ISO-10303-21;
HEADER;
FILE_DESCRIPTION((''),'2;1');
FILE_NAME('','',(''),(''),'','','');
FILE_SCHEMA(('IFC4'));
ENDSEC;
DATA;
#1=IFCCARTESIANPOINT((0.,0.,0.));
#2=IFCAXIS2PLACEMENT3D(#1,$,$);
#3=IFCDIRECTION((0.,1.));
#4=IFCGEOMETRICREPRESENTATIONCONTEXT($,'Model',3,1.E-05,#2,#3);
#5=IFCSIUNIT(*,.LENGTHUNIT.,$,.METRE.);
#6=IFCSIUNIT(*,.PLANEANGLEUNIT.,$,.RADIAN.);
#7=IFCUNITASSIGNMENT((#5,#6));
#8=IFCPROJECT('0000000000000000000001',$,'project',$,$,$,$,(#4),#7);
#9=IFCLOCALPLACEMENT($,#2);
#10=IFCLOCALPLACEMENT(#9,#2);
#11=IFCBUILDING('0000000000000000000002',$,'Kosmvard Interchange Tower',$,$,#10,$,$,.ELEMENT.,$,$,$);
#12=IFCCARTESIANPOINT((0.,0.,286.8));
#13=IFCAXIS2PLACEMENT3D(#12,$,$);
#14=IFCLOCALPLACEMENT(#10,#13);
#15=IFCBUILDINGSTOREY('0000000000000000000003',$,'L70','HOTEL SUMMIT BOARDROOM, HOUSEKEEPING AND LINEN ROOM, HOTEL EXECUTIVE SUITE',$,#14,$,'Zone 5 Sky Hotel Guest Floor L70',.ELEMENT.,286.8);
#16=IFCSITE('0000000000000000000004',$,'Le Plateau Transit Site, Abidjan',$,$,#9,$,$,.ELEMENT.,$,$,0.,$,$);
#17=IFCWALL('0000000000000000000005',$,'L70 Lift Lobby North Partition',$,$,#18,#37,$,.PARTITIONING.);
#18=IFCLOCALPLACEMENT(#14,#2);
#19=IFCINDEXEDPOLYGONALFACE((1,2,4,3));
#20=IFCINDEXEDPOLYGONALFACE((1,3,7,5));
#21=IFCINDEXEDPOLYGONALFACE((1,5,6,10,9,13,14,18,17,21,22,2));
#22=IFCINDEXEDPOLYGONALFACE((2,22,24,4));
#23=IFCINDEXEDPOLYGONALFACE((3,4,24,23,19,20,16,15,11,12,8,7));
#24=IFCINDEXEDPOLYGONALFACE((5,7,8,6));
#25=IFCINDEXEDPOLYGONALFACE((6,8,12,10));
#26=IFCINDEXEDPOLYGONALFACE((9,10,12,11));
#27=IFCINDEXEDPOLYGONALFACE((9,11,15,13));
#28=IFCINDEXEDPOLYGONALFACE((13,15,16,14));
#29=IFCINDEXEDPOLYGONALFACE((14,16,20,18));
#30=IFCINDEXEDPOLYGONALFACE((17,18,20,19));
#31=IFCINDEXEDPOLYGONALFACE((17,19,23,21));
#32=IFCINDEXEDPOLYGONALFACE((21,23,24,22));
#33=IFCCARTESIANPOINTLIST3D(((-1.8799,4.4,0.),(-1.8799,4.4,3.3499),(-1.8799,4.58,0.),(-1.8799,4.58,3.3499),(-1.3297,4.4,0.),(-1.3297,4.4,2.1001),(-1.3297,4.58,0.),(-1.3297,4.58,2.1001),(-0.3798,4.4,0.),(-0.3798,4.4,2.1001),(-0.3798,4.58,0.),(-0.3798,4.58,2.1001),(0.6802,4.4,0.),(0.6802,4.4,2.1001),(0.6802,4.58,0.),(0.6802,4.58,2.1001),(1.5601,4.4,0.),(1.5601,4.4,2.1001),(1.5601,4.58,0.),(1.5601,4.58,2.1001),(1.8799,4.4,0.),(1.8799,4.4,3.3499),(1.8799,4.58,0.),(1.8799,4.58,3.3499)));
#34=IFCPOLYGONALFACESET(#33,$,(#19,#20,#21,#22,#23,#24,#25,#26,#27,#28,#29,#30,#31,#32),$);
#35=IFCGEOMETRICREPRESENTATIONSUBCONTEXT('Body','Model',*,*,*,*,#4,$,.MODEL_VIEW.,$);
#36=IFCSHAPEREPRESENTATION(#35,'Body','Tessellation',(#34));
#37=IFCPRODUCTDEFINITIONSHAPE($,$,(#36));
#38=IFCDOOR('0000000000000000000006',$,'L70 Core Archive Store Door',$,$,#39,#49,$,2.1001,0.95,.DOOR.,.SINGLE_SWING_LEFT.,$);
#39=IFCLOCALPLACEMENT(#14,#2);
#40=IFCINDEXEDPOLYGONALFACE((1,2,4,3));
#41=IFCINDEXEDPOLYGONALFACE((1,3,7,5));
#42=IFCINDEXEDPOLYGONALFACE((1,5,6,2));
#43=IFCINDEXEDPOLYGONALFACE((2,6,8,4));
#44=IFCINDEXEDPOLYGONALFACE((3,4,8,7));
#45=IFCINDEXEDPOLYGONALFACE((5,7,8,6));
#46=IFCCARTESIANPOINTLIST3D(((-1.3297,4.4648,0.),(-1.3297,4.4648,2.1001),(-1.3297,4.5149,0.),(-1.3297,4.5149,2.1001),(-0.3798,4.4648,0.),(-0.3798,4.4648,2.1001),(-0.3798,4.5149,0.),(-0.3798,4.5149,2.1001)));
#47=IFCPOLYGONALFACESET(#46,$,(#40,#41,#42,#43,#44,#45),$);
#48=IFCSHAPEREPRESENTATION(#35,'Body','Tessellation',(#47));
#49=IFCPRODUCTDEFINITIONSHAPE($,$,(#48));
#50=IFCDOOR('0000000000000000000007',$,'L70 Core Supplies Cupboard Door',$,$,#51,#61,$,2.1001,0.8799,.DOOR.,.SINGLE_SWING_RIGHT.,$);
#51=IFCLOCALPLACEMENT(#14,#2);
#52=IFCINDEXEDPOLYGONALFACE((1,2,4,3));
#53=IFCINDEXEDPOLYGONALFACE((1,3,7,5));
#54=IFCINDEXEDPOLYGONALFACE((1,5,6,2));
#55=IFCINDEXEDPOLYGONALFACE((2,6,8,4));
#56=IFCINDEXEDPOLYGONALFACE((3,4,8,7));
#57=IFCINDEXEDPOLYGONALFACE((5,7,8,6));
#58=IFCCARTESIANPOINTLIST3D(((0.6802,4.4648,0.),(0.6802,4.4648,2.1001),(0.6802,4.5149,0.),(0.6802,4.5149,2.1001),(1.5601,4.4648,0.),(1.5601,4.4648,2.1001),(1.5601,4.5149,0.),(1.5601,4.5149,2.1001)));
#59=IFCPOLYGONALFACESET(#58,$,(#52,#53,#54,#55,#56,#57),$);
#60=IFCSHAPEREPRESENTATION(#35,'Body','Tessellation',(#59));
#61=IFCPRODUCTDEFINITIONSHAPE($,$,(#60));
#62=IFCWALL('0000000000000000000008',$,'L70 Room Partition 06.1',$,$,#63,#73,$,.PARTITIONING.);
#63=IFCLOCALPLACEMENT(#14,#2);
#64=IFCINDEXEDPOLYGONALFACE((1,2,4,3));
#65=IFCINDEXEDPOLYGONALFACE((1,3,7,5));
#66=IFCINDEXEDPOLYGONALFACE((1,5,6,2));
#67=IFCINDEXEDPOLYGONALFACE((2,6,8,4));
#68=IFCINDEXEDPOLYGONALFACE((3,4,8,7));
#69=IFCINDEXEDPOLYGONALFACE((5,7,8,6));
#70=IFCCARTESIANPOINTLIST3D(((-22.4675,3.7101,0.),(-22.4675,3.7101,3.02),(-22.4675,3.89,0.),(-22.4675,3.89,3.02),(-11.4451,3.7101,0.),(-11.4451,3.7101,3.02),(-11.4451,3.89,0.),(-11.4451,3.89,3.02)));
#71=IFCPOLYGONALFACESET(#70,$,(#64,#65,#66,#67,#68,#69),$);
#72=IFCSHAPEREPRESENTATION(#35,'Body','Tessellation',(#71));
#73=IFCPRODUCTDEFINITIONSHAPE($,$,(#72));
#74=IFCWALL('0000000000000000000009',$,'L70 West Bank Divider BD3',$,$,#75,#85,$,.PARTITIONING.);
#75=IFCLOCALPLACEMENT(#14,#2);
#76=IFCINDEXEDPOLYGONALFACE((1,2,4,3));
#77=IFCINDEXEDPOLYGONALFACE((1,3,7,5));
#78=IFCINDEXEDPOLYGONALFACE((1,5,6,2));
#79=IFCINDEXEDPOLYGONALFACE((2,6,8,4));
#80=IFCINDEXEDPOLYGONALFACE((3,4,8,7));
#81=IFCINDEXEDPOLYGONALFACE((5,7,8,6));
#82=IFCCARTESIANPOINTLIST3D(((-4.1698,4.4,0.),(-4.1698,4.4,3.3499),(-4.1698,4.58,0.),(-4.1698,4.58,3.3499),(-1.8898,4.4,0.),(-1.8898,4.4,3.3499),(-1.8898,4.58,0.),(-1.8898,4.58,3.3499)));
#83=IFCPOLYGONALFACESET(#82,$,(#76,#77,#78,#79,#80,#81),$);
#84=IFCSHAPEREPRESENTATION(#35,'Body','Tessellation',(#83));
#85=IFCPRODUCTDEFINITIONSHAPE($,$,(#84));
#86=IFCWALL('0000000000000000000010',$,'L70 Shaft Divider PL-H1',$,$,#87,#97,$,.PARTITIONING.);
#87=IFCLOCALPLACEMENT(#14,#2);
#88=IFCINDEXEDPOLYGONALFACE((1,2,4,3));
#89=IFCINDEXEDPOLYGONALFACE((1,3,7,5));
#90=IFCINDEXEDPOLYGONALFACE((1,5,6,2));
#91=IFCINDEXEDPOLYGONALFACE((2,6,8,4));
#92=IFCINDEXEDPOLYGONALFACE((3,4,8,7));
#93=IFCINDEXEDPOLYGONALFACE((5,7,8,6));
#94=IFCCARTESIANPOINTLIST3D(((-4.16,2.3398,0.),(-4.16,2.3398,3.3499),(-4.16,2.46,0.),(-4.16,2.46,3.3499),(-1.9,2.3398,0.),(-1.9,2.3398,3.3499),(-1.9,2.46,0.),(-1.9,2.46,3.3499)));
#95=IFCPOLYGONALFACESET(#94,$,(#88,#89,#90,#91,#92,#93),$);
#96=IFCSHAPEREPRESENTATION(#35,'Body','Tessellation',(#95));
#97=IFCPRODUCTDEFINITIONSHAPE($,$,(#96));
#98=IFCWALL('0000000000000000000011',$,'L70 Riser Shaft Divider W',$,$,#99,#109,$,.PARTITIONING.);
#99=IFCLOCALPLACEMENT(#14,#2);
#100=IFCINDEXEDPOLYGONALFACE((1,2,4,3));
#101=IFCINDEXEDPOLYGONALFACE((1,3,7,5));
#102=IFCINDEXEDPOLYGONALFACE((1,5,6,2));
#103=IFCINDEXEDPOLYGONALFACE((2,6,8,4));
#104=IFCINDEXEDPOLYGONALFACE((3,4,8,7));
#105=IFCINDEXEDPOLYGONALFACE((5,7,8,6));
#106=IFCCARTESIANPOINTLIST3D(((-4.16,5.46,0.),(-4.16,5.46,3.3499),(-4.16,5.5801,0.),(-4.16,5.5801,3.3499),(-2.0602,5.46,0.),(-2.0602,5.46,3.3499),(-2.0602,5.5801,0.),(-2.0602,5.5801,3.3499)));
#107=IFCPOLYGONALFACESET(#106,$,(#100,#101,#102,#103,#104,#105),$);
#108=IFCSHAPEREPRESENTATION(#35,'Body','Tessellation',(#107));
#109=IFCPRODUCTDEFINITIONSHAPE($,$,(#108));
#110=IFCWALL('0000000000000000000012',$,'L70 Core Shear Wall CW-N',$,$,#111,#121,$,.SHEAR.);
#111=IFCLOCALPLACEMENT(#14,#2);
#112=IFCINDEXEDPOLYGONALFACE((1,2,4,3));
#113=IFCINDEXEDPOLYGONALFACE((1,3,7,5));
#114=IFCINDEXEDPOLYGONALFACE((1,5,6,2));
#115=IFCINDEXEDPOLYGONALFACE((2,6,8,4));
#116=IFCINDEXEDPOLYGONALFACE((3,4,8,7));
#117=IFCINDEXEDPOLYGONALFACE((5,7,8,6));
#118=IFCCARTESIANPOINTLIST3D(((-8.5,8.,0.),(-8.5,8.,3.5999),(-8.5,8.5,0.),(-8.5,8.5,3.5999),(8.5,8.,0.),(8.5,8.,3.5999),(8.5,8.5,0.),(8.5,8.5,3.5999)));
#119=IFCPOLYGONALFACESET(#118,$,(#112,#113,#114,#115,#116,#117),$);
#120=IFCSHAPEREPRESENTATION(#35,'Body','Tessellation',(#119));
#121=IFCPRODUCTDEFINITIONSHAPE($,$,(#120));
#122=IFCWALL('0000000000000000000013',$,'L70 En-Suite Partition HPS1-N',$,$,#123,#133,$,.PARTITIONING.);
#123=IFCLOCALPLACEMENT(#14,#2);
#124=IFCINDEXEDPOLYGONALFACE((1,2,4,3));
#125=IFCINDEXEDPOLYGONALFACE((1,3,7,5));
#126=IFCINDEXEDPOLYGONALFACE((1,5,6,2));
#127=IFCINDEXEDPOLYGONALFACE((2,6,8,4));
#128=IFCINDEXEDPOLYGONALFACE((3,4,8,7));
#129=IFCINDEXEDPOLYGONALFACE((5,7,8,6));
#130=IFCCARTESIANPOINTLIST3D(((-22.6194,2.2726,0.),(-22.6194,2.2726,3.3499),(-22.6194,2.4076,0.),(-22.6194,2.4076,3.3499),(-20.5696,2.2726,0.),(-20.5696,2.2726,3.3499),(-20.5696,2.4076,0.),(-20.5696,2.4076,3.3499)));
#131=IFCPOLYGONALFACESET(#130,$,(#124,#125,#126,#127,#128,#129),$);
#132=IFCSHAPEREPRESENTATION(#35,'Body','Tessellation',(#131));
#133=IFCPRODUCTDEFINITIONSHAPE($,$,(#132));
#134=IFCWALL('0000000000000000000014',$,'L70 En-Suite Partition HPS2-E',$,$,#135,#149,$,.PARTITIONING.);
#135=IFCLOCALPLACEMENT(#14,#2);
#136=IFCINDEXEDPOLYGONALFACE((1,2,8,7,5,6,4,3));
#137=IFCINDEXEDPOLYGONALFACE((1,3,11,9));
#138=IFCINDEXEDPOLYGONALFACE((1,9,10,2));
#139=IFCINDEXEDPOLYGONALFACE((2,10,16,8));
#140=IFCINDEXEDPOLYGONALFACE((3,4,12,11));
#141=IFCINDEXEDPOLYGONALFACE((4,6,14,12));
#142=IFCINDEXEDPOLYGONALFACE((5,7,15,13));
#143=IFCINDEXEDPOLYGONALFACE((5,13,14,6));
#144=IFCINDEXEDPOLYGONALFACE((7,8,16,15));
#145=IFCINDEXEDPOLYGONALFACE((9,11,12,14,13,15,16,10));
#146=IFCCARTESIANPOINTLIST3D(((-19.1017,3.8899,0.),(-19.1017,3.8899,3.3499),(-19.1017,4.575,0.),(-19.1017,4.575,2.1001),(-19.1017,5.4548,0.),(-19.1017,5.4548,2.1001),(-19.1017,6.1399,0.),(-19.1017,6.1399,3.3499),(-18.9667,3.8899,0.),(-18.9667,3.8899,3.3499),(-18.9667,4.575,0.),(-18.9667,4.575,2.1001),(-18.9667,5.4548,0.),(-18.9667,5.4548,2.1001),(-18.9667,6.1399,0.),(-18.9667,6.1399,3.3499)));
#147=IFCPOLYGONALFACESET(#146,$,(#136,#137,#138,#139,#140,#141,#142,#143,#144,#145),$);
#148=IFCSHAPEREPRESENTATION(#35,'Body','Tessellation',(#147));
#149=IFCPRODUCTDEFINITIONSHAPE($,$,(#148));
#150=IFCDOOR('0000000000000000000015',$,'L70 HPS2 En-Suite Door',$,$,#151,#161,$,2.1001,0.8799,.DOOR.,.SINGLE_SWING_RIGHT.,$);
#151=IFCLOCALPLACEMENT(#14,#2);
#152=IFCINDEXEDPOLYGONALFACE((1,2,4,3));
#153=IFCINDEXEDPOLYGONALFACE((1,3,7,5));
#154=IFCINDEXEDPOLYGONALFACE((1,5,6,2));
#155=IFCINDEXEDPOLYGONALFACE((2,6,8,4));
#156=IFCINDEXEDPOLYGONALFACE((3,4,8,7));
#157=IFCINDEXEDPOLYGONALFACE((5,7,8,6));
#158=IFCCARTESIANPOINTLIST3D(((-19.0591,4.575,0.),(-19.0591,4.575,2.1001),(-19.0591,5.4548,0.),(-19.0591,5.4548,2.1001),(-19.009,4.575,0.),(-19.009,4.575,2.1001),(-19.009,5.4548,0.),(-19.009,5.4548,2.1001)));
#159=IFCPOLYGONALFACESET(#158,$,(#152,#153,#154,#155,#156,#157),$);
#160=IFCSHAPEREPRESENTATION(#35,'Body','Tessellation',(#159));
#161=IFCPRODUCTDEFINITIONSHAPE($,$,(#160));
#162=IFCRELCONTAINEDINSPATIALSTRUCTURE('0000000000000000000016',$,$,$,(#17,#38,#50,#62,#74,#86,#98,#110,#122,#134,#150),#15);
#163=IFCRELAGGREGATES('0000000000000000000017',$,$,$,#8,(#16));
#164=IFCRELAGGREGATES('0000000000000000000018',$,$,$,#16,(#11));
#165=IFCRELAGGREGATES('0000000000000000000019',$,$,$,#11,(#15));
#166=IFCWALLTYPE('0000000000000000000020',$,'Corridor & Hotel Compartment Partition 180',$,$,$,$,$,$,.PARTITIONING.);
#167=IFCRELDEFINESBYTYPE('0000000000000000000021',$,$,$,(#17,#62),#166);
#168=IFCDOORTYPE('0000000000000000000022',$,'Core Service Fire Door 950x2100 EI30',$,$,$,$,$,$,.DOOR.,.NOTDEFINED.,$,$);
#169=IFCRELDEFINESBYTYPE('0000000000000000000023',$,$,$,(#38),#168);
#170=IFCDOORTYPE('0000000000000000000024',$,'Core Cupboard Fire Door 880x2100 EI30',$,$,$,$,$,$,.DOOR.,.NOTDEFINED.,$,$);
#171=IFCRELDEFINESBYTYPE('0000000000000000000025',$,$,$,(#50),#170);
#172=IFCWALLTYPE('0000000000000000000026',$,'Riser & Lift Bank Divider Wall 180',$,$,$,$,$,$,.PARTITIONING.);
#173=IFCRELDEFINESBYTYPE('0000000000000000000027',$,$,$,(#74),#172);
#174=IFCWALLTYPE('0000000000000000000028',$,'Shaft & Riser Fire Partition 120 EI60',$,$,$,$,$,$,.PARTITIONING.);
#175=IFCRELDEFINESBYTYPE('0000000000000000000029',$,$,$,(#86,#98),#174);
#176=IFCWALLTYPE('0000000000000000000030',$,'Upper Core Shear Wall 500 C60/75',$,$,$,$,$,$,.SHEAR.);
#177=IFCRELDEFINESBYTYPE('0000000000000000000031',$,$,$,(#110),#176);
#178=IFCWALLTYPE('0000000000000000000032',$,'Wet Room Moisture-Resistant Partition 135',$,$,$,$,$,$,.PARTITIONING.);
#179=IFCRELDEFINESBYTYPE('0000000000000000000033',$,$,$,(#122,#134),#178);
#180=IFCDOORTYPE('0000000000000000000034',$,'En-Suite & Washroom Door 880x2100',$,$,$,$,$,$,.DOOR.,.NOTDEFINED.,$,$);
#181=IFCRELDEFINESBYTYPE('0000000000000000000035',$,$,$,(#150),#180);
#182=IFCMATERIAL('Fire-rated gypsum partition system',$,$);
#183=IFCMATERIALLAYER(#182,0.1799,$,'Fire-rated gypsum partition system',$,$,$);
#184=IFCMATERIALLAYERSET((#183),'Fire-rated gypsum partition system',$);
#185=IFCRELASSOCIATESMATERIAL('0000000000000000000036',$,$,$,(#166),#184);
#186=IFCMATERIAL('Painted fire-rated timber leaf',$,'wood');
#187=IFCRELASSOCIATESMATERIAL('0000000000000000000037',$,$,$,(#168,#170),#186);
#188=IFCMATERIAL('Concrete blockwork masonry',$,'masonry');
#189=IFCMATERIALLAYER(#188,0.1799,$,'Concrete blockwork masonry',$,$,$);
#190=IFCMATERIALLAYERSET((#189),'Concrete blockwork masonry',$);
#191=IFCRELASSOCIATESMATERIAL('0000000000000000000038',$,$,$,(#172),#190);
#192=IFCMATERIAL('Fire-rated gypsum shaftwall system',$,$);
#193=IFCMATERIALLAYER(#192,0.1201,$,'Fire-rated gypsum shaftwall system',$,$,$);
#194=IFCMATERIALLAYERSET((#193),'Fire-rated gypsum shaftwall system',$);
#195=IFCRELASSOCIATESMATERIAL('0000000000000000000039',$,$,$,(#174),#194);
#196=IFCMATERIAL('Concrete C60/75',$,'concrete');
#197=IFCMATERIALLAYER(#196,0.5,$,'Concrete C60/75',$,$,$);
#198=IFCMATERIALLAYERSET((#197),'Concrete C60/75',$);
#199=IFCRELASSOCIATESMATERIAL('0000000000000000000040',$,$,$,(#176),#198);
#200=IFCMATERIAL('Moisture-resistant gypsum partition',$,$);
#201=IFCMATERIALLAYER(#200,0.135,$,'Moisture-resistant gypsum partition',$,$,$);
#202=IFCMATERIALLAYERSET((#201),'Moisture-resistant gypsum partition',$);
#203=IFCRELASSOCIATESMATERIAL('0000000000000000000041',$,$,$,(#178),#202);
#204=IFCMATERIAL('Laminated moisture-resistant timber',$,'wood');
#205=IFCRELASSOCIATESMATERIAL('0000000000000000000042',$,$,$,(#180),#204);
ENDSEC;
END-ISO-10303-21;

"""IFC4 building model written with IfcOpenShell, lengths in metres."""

from ifc_helpers import new_model, si_unit, direction, frame, frame_2d, origin, place, context, subcontext, project, spatial, rectangle, extrude, source, transform, mapped, material, layer, layer_set, type_object, element, fill, save


model = new_model("IFC4")

# Units and contexts
model_context = context("Model", 3, precision=1e-05, world=origin(), true_north=direction((0.0, 1.0)))
body_context = subcontext(model_context, "Body", "Model", "MODEL_VIEW")
ifc_project = project(units=[si_unit("LENGTHUNIT", "METRE"), si_unit("PLANEANGLEUNIT", "RADIAN")], contexts=[model_context])

# Site, building, storey
site_placement = place(None, origin())
site = spatial("IfcSite", under=ifc_project, at=site_placement, Name="Le Plateau Transit Site, Abidjan", CompositionType="ELEMENT", RefElevation=0.0)
building_placement = place(site_placement, origin())
building = spatial("IfcBuilding", under=site, at=building_placement, Name="Kosmvard Interchange Tower", CompositionType="ELEMENT")
storey_placement = place(building_placement, frame((0.0, 0.0, 286.8)))
storey = spatial("IfcBuildingStorey", under=building, at=storey_placement, Name="L70", Description="HOTEL SUMMIT BOARDROOM, HOUSEKEEPING AND LINEN ROOM, HOTEL EXECUTIVE SUITE", LongName="Zone 5 Sky Hotel Guest Floor L70", CompositionType="ELEMENT", Elevation=286.8)

# Shared definitions
ifc_material_1 = material(Name="Fire-rated gypsum partition system")

# Wall, openings, doors
ifc_layer_1 = layer(ifc_material_1, 0.1799, Name="Fire-rated gypsum partition system")
ifc_layer_set_1 = layer_set([ifc_layer_1], Name="Fire-rated gypsum partition system")
wall_type_1 = type_object("IfcWallType", Name="Corridor & Hotel Compartment Partition 180", PredefinedType="PARTITIONING", material=ifc_layer_set_1)
wall_1_placement = place(storey_placement, frame((-1.8799, 4.49, 0.0), z_axis=(0.0, 0.0, 1.0), x_axis=(1.0, 0.0, 0.0)))
wall_1 = element("IfcWall", 1, at=wall_1_placement, inside=storey, type_object=wall_type_1, Name="L70 Lift Lobby North Partition", PredefinedType="PARTITIONING", context=body_context, shape_type="SweptSolid", body=[
    extrude(rectangle(XDim=3.7598, YDim=0.1799, at=frame_2d((1.8799, 0.0))), origin(), (0.0, 0.0, 1.0), 3.3499),
])
opening_1_placement = place(wall_1_placement, frame((0.55, 0.0, 0.0)))
opening_1 = element("IfcOpeningElement", 2, at=opening_1_placement, cuts=wall_1, PredefinedType="OPENING", context=body_context, shape_type="SweptSolid", body=[
    extrude(rectangle(XDim=0.95, YDim=2.1001, at=frame_2d((0.4751, 1.05))), frame((0.0, 0.1001, 0.0), z_axis=(0.0, -1.0, 0.0), x_axis=(1.0, 0.0, 0.0)), (0.0, 0.0, 1.0), 0.2),
])
opening_2_placement = place(wall_1_placement, frame((2.5601, 0.0, 0.0)))
opening_2 = element("IfcOpeningElement", 3, at=opening_2_placement, cuts=wall_1, PredefinedType="OPENING", context=body_context, shape_type="SweptSolid", body=[
    extrude(rectangle(XDim=0.8799, YDim=2.1001, at=frame_2d((0.4399, 1.05))), frame((0.0, 0.1001, 0.0), z_axis=(0.0, -1.0, 0.0), x_axis=(1.0, 0.0, 0.0)), (0.0, 0.0, 1.0), 0.2),
])
ifc_material_2 = material(Name="Painted fire-rated timber leaf", Category="wood")
door_type_1 = type_object("IfcDoorType", Name="Core Service Fire Door 950x2100 EI30", OperationType="NOTDEFINED", PredefinedType="DOOR", material=ifc_material_2)
shared_shape_1 = source(origin(), body_context, "Body", "SweptSolid", [
    extrude(rectangle(XDim=0.95, YDim=2.1001, at=frame_2d((0.4751, 1.05))), frame((0.0, 0.0249, 0.0), z_axis=(0.0, -1.0, 0.0), x_axis=(1.0, 0.0, 0.0)), (0.0, 0.0, 1.0), 0.05),
])
door_1_placement = place(opening_1_placement, origin())
door_1 = element("IfcDoor", 4, at=door_1_placement, inside=storey, type_object=door_type_1, Name="L70 Core Archive Store Door", OperationType="SINGLE_SWING_LEFT", OverallHeight=2.1001, OverallWidth=0.95, PredefinedType="DOOR", context=body_context, shape_type="MappedRepresentation", body=[
    mapped(shared_shape_1, transform((0.0, 0.0, 0.0), scale=1.0)),
])
fill(opening_1, door_1)
door_type_2 = type_object("IfcDoorType", Name="Core Cupboard Fire Door 880x2100 EI30", OperationType="NOTDEFINED", PredefinedType="DOOR", material=ifc_material_2)
shared_shape_2 = source(origin(), body_context, "Body", "SweptSolid", [
    extrude(rectangle(XDim=0.8799, YDim=2.1001, at=frame_2d((0.4399, 1.05))), frame((0.0, 0.0249, 0.0), z_axis=(0.0, -1.0, 0.0), x_axis=(1.0, 0.0, 0.0)), (0.0, 0.0, 1.0), 0.05),
])
door_2_placement = place(opening_2_placement, origin())
door_2 = element("IfcDoor", 5, at=door_2_placement, inside=storey, type_object=door_type_2, Name="L70 Core Supplies Cupboard Door", OperationType="SINGLE_SWING_RIGHT", OverallHeight=2.1001, OverallWidth=0.8799, PredefinedType="DOOR", context=body_context, shape_type="MappedRepresentation", body=[
    mapped(shared_shape_2, transform((0.0, 0.0, 0.0), scale=1.0)),
])
fill(opening_2, door_2)

# Walls
wall_2_placement = place(storey_placement, frame((-11.4451, 3.8, 0.0), z_axis=(0.0, 0.0, 1.0), x_axis=(-1.0, 0.0, 0.0)))
element("IfcWall", 6, at=wall_2_placement, inside=storey, type_object=wall_type_1, Name="L70 Room Partition 06.1", PredefinedType="PARTITIONING", context=body_context, shape_type="SweptSolid", body=[
    extrude(rectangle(XDim=11.0225, YDim=0.1799, at=frame_2d((5.5112, 0.0))), origin(), (0.0, 0.0, 1.0), 3.02),
])
ifc_material_3 = material(Name="Concrete blockwork masonry", Category="masonry")
ifc_layer_2 = layer(ifc_material_3, 0.1799, Name="Concrete blockwork masonry")
ifc_layer_set_2 = layer_set([ifc_layer_2], Name="Concrete blockwork masonry")
wall_type_2 = type_object("IfcWallType", Name="Riser & Lift Bank Divider Wall 180", PredefinedType="PARTITIONING", material=ifc_layer_set_2)
wall_3_placement = place(storey_placement, frame((-4.1699, 4.49, 0.0), z_axis=(0.0, 0.0, 1.0), x_axis=(1.0, 0.0, 0.0)))
element("IfcWall", 7, at=wall_3_placement, inside=storey, type_object=wall_type_2, Name="L70 West Bank Divider BD3", PredefinedType="PARTITIONING", context=body_context, shape_type="SweptSolid", body=[
    extrude(rectangle(XDim=2.28, YDim=0.1799, at=frame_2d((1.1401, 0.0))), origin(), (0.0, 0.0, 1.0), 3.3499),
])
ifc_material_4 = material(Name="Fire-rated gypsum shaftwall system")
ifc_layer_3 = layer(ifc_material_4, 0.1201, Name="Fire-rated gypsum shaftwall system")
ifc_layer_set_3 = layer_set([ifc_layer_3], Name="Fire-rated gypsum shaftwall system")
wall_type_3 = type_object("IfcWallType", Name="Shaft & Riser Fire Partition 120 EI60", PredefinedType="PARTITIONING", material=ifc_layer_set_3)
wall_4_placement = place(storey_placement, frame((-4.1599, 2.3999, 0.0), z_axis=(0.0, 0.0, 1.0), x_axis=(1.0, 0.0, 0.0)))
element("IfcWall", 8, at=wall_4_placement, inside=storey, type_object=wall_type_3, Name="L70 Shaft Divider PL-H1", PredefinedType="PARTITIONING", context=body_context, shape_type="SweptSolid", body=[
    extrude(rectangle(XDim=2.26, YDim=0.1201, at=frame_2d((1.1299, 0.0))), origin(), (0.0, 0.0, 1.0), 3.3499),
])
wall_5_placement = place(storey_placement, frame((-4.1599, 5.52, 0.0), z_axis=(0.0, 0.0, 1.0), x_axis=(1.0, 0.0, 0.0)))
element("IfcWall", 9, at=wall_5_placement, inside=storey, type_object=wall_type_3, Name="L70 Riser Shaft Divider W", PredefinedType="PARTITIONING", context=body_context, shape_type="SweptSolid", body=[
    extrude(rectangle(XDim=2.0999, YDim=0.1201, at=frame_2d((1.0498, 0.0))), origin(), (0.0, 0.0, 1.0), 3.3499),
])
ifc_material_5 = material(Name="Concrete C60/75", Category="concrete")
ifc_layer_4 = layer(ifc_material_5, 0.5, Name="Concrete C60/75")
ifc_layer_set_4 = layer_set([ifc_layer_4], Name="Concrete C60/75")
wall_type_4 = type_object("IfcWallType", Name="Upper Core Shear Wall 500 C60/75", PredefinedType="SHEAR", material=ifc_layer_set_4)
wall_6_placement = place(storey_placement, frame((-8.5, 8.25, 0.0), z_axis=(0.0, 0.0, 1.0), x_axis=(1.0, 0.0, 0.0)))
element("IfcWall", 10, at=wall_6_placement, inside=storey, type_object=wall_type_4, Name="L70 Core Shear Wall CW-N", PredefinedType="SHEAR", context=body_context, shape_type="SweptSolid", body=[
    extrude(rectangle(XDim=17.0, YDim=0.5, at=frame_2d((8.5, 0.0))), origin(), (0.0, 0.0, 1.0), 3.5999),
])
ifc_material_6 = material(Name="Moisture-resistant gypsum partition")
ifc_layer_5 = layer(ifc_material_6, 0.135, Name="Moisture-resistant gypsum partition")
ifc_layer_set_5 = layer_set([ifc_layer_5], Name="Moisture-resistant gypsum partition")
wall_type_5 = type_object("IfcWallType", Name="Wet Room Moisture-Resistant Partition 135", PredefinedType="PARTITIONING", material=ifc_layer_set_5)
wall_7_placement = place(storey_placement, frame((-22.6194, 2.3401, 0.0), z_axis=(0.0, 0.0, 1.0), x_axis=(1.0, 0.0, 0.0)))
element("IfcWall", 11, at=wall_7_placement, inside=storey, type_object=wall_type_5, Name="L70 En-Suite Partition HPS1-N", PredefinedType="PARTITIONING", context=body_context, shape_type="SweptSolid", body=[
    extrude(rectangle(XDim=2.0498, YDim=0.135, at=frame_2d((1.0249, 0.0))), origin(), (0.0, 0.0, 1.0), 3.3499),
])

# Wall, opening, door
wall_8_placement = place(storey_placement, frame((-19.0342, 3.8899, 0.0), z_axis=(0.0, 0.0, 1.0), x_axis=(0.0, 1.0, 0.0)))
wall_8 = element("IfcWall", 12, at=wall_8_placement, inside=storey, type_object=wall_type_5, Name="L70 En-Suite Partition HPS2-E", PredefinedType="PARTITIONING", context=body_context, shape_type="SweptSolid", body=[
    extrude(rectangle(XDim=2.25, YDim=0.135, at=frame_2d((1.125, 0.0))), origin(), (0.0, 0.0, 1.0), 3.3499),
])
opening_3_placement = place(wall_8_placement, frame((0.6851, 0.0, 0.0)))
opening_3 = element("IfcOpeningElement", 13, at=opening_3_placement, cuts=wall_8, PredefinedType="OPENING", context=body_context, shape_type="SweptSolid", body=[
    extrude(rectangle(XDim=0.8799, YDim=2.1001, at=frame_2d((0.4399, 1.05))), frame((0.0, 0.0776, 0.0), z_axis=(0.0, -1.0, 0.0), x_axis=(1.0, 0.0, 0.0)), (0.0, 0.0, 1.0), 0.155),
])
ifc_material_7 = material(Name="Laminated moisture-resistant timber", Category="wood")
door_type_3 = type_object("IfcDoorType", Name="En-Suite & Washroom Door 880x2100", OperationType="NOTDEFINED", PredefinedType="DOOR", material=ifc_material_7)
door_3_placement = place(opening_3_placement, origin())
door_3 = element("IfcDoor", 14, at=door_3_placement, inside=storey, type_object=door_type_3, Name="L70 HPS2 En-Suite Door", OperationType="SINGLE_SWING_RIGHT", OverallHeight=2.1001, OverallWidth=0.8799, PredefinedType="DOOR", context=body_context, shape_type="MappedRepresentation", body=[
    mapped(shared_shape_2, transform((0.0, 0.0, 0.0), scale=1.0)),
])
fill(opening_3, door_3)

save(model, "model.ifc")
